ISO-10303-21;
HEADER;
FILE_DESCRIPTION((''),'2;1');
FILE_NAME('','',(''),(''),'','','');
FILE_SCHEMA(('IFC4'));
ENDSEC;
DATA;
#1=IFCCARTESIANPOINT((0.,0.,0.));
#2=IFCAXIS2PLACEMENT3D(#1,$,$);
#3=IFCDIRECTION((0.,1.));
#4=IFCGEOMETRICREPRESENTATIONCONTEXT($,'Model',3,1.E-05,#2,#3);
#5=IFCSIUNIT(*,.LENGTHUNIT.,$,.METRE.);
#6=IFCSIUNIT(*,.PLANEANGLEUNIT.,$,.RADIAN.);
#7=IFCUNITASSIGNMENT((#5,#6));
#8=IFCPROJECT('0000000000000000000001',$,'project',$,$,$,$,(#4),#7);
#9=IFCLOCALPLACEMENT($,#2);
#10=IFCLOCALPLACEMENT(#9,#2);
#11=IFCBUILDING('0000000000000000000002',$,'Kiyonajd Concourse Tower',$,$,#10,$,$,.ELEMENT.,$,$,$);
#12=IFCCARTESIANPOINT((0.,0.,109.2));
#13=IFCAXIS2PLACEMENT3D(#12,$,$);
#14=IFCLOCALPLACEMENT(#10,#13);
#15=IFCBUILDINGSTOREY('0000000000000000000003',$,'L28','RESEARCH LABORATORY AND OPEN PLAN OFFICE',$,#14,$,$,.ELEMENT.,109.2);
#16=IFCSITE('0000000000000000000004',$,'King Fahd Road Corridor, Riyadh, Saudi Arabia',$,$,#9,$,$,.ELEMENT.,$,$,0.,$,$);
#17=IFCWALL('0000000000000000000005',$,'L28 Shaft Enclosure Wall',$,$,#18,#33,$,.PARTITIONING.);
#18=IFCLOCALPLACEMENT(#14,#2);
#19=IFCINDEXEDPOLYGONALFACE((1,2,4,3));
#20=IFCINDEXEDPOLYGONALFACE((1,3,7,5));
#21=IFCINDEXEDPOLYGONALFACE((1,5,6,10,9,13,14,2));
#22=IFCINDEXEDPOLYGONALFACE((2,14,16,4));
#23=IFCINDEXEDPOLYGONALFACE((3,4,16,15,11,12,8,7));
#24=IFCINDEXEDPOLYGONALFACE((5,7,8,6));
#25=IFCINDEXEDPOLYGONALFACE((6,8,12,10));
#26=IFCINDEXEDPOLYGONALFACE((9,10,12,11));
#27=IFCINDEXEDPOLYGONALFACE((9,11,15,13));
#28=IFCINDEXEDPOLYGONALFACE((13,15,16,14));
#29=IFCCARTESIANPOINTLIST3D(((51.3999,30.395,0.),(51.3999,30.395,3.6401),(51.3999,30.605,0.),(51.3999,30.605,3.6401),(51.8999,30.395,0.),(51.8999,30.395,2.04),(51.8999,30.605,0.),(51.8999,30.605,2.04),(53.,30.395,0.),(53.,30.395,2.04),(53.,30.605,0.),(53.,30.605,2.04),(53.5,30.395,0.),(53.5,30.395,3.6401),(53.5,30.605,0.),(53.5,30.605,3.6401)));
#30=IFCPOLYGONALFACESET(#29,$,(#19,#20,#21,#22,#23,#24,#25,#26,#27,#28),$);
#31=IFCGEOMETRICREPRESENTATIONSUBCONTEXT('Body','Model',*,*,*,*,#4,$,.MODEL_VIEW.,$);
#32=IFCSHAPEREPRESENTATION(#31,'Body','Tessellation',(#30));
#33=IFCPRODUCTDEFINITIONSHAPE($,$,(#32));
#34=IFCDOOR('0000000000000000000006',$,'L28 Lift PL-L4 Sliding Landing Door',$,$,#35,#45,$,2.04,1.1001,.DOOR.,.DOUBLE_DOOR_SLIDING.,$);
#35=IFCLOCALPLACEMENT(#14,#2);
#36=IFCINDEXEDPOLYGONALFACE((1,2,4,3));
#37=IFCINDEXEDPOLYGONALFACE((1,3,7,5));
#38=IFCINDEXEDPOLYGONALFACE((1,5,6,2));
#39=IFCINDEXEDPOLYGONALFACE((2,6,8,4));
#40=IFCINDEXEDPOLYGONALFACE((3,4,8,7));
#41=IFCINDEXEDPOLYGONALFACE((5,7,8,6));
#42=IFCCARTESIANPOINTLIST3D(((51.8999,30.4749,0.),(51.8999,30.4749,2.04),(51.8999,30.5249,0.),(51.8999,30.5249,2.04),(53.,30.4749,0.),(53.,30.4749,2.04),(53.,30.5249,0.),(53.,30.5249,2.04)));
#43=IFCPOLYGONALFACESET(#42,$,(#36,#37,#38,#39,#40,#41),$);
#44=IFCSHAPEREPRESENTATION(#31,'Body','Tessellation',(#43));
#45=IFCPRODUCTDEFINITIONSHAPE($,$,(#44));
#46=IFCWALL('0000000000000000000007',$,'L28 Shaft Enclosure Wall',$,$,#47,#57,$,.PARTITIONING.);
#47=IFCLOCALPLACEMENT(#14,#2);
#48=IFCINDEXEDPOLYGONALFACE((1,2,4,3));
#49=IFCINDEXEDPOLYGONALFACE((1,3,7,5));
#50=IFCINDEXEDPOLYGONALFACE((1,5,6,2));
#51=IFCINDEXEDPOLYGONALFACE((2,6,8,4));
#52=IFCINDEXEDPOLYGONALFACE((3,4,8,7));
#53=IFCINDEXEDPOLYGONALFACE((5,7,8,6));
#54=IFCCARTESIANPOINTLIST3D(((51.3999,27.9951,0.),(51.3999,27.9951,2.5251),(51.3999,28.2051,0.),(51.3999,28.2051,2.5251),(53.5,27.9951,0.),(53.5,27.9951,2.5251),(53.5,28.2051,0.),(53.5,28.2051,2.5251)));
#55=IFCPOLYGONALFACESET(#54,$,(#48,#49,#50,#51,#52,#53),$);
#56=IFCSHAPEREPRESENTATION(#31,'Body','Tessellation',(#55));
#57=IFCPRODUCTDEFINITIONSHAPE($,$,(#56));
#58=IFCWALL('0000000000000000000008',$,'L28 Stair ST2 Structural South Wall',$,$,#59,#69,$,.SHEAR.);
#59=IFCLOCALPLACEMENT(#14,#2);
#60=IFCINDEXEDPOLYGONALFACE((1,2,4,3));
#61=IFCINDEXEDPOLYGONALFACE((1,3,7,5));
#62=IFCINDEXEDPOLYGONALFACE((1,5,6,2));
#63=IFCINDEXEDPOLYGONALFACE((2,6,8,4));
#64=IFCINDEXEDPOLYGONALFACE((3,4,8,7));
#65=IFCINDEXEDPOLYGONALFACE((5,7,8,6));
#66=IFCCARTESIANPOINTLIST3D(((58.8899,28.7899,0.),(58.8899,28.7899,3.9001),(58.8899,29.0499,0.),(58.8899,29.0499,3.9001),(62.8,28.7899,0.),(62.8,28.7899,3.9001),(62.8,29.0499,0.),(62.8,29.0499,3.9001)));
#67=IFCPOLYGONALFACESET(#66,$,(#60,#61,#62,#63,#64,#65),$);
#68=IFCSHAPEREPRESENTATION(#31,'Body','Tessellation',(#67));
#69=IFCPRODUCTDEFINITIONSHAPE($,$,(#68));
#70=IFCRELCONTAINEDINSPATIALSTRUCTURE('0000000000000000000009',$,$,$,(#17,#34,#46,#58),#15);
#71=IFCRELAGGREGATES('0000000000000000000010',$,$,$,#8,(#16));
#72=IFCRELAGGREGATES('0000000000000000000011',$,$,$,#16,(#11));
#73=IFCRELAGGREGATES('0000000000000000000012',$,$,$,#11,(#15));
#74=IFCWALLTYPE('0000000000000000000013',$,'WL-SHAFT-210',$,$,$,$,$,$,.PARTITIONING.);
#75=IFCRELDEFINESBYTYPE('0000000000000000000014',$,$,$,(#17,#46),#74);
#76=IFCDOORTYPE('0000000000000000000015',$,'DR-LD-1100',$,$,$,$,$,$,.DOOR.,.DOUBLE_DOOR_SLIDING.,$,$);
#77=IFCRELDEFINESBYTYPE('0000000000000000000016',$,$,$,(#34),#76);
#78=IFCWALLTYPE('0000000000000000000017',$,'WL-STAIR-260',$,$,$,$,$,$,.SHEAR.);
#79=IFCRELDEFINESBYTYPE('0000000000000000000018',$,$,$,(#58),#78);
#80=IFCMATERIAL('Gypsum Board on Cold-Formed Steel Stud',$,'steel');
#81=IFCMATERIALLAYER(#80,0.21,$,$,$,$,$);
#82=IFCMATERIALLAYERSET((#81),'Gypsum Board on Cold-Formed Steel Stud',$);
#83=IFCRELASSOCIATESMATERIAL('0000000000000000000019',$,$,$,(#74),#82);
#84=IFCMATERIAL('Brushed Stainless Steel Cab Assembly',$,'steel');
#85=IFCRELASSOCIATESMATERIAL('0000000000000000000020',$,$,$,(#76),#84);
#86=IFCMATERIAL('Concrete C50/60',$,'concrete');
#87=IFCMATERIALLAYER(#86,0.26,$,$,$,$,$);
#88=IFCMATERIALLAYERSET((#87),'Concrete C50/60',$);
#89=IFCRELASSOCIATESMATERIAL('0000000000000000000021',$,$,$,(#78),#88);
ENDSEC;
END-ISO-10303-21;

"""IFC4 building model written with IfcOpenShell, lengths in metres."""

from ifc_helpers import new_model, si_unit, direction, frame, frame_2d, origin, place, context, subcontext, project, spatial, rectangle, extrude, material, layer, layer_set, type_object, element, fill, save


model = new_model("IFC4")

# Units and contexts
model_context = context("Model", 3, precision=1e-05, world=origin(), true_north=direction((0.0, 1.0)))
body_context = subcontext(model_context, "Body", "Model", "MODEL_VIEW")
ifc_project = project(units=[si_unit("LENGTHUNIT", "METRE"), si_unit("PLANEANGLEUNIT", "RADIAN")], contexts=[model_context])

# Site, building, storey
site_placement = place(None, origin())
site = spatial("IfcSite", under=ifc_project, at=site_placement, Name="King Fahd Road Corridor, Riyadh, Saudi Arabia", CompositionType="ELEMENT", RefElevation=0.0)
building_placement = place(site_placement, origin())
building = spatial("IfcBuilding", under=site, at=building_placement, Name="Kiyonajd Concourse Tower", CompositionType="ELEMENT")
storey_placement = place(building_placement, frame((0.0, 0.0, 109.2)))
storey = spatial("IfcBuildingStorey", under=building, at=storey_placement, Name="L28", Description="RESEARCH LABORATORY AND OPEN PLAN OFFICE", CompositionType="ELEMENT", Elevation=109.2)

# Shared definitions
ifc_material_1 = material(Name="Concrete C50/60", Category="concrete")

# Shared definitions
ifc_material_2 = material(Name="Brushed Stainless Steel Cab Assembly", Category="steel")
ifc_material_3 = material(Name="Gypsum Board on Cold-Formed Steel Stud", Category="steel")
ifc_layer_1 = layer(ifc_material_3, 0.21)
ifc_layer_set_1 = layer_set([ifc_layer_1], Name="Gypsum Board on Cold-Formed Steel Stud")
wall_type_1 = type_object("IfcWallType", Name="WL-SHAFT-210", PredefinedType="PARTITIONING", material=ifc_layer_set_1)

# Wall, opening, door
wall_1_placement = place(storey_placement, frame((51.3999, 30.5, 0.0), z_axis=(0.0, 0.0, 1.0), x_axis=(1.0, 0.0, 0.0)))
wall_1 = element("IfcWall", 1, at=wall_1_placement, inside=storey, type_object=wall_type_1, Name="L28 Shaft Enclosure Wall", PredefinedType="PARTITIONING", context=body_context, shape_type="SweptSolid", body=[
    extrude(rectangle(XDim=2.1001, YDim=0.21, at=frame_2d((1.05, 0.0))), origin(), (0.0, 0.0, 1.0), 3.6401),
])
opening_1_placement = place(wall_1_placement, frame((0.5, 0.0, 0.0)))
opening_1 = element("IfcOpeningElement", 2, at=opening_1_placement, cuts=wall_1, PredefinedType="OPENING", context=body_context, shape_type="SweptSolid", body=[
    extrude(rectangle(XDim=1.1001, YDim=2.04, at=frame_2d((0.55, 1.02))), frame((0.0, 0.115, 0.0), z_axis=(0.0, -1.0, 0.0), x_axis=(1.0, 0.0, 0.0)), (0.0, 0.0, 1.0), 0.23),
])
door_type_1 = type_object("IfcDoorType", Name="DR-LD-1100", OperationType="DOUBLE_DOOR_SLIDING", PredefinedType="DOOR", material=ifc_material_2)
door_1_placement = place(opening_1_placement, origin())
door_1 = element("IfcDoor", 3, at=door_1_placement, inside=storey, type_object=door_type_1, Name="L28 Lift PL-L4 Sliding Landing Door", OperationType="DOUBLE_DOOR_SLIDING", OverallHeight=2.04, OverallWidth=1.1001, PredefinedType="DOOR", context=body_context, shape_type="SweptSolid", body=[
    extrude(rectangle(XDim=1.1001, YDim=2.04, at=frame_2d((0.55, 1.02))), frame((0.0, 0.0249, 0.0), z_axis=(0.0, -1.0, 0.0), x_axis=(1.0, 0.0, 0.0)), (0.0, 0.0, 1.0), 0.05),
])
fill(opening_1, door_1)

# Walls
wall_2_placement = place(storey_placement, frame((51.3999, 28.1001, 0.0), z_axis=(0.0, 0.0, 1.0), x_axis=(1.0, 0.0, 0.0)))
element("IfcWall", 4, at=wall_2_placement, inside=storey, type_object=wall_type_1, Name="L28 Shaft Enclosure Wall", PredefinedType="PARTITIONING", context=body_context, shape_type="SweptSolid", body=[
    extrude(rectangle(XDim=2.1001, YDim=0.21, at=frame_2d((1.05, 0.0))), origin(), (0.0, 0.0, 1.0), 2.5251),
])
ifc_layer_2 = layer(ifc_material_1, 0.26)
ifc_layer_set_2 = layer_set([ifc_layer_2], Name="Concrete C50/60")
wall_type_2 = type_object("IfcWallType", Name="WL-STAIR-260", PredefinedType="SHEAR", material=ifc_layer_set_2)
wall_3_placement = place(storey_placement, frame((58.8899, 28.9199, 0.0), z_axis=(0.0, 0.0, 1.0), x_axis=(1.0, 0.0, 0.0)))
element("IfcWall", 5, at=wall_3_placement, inside=storey, type_object=wall_type_2, Name="L28 Stair ST2 Structural South Wall", PredefinedType="SHEAR", context=body_context, shape_type="SweptSolid", body=[
    extrude(rectangle(XDim=3.9102, YDim=0.26, at=frame_2d((1.9551, 0.0))), origin(), (0.0, 0.0, 1.0), 3.9001),
])

save(model, "model.ifc")
